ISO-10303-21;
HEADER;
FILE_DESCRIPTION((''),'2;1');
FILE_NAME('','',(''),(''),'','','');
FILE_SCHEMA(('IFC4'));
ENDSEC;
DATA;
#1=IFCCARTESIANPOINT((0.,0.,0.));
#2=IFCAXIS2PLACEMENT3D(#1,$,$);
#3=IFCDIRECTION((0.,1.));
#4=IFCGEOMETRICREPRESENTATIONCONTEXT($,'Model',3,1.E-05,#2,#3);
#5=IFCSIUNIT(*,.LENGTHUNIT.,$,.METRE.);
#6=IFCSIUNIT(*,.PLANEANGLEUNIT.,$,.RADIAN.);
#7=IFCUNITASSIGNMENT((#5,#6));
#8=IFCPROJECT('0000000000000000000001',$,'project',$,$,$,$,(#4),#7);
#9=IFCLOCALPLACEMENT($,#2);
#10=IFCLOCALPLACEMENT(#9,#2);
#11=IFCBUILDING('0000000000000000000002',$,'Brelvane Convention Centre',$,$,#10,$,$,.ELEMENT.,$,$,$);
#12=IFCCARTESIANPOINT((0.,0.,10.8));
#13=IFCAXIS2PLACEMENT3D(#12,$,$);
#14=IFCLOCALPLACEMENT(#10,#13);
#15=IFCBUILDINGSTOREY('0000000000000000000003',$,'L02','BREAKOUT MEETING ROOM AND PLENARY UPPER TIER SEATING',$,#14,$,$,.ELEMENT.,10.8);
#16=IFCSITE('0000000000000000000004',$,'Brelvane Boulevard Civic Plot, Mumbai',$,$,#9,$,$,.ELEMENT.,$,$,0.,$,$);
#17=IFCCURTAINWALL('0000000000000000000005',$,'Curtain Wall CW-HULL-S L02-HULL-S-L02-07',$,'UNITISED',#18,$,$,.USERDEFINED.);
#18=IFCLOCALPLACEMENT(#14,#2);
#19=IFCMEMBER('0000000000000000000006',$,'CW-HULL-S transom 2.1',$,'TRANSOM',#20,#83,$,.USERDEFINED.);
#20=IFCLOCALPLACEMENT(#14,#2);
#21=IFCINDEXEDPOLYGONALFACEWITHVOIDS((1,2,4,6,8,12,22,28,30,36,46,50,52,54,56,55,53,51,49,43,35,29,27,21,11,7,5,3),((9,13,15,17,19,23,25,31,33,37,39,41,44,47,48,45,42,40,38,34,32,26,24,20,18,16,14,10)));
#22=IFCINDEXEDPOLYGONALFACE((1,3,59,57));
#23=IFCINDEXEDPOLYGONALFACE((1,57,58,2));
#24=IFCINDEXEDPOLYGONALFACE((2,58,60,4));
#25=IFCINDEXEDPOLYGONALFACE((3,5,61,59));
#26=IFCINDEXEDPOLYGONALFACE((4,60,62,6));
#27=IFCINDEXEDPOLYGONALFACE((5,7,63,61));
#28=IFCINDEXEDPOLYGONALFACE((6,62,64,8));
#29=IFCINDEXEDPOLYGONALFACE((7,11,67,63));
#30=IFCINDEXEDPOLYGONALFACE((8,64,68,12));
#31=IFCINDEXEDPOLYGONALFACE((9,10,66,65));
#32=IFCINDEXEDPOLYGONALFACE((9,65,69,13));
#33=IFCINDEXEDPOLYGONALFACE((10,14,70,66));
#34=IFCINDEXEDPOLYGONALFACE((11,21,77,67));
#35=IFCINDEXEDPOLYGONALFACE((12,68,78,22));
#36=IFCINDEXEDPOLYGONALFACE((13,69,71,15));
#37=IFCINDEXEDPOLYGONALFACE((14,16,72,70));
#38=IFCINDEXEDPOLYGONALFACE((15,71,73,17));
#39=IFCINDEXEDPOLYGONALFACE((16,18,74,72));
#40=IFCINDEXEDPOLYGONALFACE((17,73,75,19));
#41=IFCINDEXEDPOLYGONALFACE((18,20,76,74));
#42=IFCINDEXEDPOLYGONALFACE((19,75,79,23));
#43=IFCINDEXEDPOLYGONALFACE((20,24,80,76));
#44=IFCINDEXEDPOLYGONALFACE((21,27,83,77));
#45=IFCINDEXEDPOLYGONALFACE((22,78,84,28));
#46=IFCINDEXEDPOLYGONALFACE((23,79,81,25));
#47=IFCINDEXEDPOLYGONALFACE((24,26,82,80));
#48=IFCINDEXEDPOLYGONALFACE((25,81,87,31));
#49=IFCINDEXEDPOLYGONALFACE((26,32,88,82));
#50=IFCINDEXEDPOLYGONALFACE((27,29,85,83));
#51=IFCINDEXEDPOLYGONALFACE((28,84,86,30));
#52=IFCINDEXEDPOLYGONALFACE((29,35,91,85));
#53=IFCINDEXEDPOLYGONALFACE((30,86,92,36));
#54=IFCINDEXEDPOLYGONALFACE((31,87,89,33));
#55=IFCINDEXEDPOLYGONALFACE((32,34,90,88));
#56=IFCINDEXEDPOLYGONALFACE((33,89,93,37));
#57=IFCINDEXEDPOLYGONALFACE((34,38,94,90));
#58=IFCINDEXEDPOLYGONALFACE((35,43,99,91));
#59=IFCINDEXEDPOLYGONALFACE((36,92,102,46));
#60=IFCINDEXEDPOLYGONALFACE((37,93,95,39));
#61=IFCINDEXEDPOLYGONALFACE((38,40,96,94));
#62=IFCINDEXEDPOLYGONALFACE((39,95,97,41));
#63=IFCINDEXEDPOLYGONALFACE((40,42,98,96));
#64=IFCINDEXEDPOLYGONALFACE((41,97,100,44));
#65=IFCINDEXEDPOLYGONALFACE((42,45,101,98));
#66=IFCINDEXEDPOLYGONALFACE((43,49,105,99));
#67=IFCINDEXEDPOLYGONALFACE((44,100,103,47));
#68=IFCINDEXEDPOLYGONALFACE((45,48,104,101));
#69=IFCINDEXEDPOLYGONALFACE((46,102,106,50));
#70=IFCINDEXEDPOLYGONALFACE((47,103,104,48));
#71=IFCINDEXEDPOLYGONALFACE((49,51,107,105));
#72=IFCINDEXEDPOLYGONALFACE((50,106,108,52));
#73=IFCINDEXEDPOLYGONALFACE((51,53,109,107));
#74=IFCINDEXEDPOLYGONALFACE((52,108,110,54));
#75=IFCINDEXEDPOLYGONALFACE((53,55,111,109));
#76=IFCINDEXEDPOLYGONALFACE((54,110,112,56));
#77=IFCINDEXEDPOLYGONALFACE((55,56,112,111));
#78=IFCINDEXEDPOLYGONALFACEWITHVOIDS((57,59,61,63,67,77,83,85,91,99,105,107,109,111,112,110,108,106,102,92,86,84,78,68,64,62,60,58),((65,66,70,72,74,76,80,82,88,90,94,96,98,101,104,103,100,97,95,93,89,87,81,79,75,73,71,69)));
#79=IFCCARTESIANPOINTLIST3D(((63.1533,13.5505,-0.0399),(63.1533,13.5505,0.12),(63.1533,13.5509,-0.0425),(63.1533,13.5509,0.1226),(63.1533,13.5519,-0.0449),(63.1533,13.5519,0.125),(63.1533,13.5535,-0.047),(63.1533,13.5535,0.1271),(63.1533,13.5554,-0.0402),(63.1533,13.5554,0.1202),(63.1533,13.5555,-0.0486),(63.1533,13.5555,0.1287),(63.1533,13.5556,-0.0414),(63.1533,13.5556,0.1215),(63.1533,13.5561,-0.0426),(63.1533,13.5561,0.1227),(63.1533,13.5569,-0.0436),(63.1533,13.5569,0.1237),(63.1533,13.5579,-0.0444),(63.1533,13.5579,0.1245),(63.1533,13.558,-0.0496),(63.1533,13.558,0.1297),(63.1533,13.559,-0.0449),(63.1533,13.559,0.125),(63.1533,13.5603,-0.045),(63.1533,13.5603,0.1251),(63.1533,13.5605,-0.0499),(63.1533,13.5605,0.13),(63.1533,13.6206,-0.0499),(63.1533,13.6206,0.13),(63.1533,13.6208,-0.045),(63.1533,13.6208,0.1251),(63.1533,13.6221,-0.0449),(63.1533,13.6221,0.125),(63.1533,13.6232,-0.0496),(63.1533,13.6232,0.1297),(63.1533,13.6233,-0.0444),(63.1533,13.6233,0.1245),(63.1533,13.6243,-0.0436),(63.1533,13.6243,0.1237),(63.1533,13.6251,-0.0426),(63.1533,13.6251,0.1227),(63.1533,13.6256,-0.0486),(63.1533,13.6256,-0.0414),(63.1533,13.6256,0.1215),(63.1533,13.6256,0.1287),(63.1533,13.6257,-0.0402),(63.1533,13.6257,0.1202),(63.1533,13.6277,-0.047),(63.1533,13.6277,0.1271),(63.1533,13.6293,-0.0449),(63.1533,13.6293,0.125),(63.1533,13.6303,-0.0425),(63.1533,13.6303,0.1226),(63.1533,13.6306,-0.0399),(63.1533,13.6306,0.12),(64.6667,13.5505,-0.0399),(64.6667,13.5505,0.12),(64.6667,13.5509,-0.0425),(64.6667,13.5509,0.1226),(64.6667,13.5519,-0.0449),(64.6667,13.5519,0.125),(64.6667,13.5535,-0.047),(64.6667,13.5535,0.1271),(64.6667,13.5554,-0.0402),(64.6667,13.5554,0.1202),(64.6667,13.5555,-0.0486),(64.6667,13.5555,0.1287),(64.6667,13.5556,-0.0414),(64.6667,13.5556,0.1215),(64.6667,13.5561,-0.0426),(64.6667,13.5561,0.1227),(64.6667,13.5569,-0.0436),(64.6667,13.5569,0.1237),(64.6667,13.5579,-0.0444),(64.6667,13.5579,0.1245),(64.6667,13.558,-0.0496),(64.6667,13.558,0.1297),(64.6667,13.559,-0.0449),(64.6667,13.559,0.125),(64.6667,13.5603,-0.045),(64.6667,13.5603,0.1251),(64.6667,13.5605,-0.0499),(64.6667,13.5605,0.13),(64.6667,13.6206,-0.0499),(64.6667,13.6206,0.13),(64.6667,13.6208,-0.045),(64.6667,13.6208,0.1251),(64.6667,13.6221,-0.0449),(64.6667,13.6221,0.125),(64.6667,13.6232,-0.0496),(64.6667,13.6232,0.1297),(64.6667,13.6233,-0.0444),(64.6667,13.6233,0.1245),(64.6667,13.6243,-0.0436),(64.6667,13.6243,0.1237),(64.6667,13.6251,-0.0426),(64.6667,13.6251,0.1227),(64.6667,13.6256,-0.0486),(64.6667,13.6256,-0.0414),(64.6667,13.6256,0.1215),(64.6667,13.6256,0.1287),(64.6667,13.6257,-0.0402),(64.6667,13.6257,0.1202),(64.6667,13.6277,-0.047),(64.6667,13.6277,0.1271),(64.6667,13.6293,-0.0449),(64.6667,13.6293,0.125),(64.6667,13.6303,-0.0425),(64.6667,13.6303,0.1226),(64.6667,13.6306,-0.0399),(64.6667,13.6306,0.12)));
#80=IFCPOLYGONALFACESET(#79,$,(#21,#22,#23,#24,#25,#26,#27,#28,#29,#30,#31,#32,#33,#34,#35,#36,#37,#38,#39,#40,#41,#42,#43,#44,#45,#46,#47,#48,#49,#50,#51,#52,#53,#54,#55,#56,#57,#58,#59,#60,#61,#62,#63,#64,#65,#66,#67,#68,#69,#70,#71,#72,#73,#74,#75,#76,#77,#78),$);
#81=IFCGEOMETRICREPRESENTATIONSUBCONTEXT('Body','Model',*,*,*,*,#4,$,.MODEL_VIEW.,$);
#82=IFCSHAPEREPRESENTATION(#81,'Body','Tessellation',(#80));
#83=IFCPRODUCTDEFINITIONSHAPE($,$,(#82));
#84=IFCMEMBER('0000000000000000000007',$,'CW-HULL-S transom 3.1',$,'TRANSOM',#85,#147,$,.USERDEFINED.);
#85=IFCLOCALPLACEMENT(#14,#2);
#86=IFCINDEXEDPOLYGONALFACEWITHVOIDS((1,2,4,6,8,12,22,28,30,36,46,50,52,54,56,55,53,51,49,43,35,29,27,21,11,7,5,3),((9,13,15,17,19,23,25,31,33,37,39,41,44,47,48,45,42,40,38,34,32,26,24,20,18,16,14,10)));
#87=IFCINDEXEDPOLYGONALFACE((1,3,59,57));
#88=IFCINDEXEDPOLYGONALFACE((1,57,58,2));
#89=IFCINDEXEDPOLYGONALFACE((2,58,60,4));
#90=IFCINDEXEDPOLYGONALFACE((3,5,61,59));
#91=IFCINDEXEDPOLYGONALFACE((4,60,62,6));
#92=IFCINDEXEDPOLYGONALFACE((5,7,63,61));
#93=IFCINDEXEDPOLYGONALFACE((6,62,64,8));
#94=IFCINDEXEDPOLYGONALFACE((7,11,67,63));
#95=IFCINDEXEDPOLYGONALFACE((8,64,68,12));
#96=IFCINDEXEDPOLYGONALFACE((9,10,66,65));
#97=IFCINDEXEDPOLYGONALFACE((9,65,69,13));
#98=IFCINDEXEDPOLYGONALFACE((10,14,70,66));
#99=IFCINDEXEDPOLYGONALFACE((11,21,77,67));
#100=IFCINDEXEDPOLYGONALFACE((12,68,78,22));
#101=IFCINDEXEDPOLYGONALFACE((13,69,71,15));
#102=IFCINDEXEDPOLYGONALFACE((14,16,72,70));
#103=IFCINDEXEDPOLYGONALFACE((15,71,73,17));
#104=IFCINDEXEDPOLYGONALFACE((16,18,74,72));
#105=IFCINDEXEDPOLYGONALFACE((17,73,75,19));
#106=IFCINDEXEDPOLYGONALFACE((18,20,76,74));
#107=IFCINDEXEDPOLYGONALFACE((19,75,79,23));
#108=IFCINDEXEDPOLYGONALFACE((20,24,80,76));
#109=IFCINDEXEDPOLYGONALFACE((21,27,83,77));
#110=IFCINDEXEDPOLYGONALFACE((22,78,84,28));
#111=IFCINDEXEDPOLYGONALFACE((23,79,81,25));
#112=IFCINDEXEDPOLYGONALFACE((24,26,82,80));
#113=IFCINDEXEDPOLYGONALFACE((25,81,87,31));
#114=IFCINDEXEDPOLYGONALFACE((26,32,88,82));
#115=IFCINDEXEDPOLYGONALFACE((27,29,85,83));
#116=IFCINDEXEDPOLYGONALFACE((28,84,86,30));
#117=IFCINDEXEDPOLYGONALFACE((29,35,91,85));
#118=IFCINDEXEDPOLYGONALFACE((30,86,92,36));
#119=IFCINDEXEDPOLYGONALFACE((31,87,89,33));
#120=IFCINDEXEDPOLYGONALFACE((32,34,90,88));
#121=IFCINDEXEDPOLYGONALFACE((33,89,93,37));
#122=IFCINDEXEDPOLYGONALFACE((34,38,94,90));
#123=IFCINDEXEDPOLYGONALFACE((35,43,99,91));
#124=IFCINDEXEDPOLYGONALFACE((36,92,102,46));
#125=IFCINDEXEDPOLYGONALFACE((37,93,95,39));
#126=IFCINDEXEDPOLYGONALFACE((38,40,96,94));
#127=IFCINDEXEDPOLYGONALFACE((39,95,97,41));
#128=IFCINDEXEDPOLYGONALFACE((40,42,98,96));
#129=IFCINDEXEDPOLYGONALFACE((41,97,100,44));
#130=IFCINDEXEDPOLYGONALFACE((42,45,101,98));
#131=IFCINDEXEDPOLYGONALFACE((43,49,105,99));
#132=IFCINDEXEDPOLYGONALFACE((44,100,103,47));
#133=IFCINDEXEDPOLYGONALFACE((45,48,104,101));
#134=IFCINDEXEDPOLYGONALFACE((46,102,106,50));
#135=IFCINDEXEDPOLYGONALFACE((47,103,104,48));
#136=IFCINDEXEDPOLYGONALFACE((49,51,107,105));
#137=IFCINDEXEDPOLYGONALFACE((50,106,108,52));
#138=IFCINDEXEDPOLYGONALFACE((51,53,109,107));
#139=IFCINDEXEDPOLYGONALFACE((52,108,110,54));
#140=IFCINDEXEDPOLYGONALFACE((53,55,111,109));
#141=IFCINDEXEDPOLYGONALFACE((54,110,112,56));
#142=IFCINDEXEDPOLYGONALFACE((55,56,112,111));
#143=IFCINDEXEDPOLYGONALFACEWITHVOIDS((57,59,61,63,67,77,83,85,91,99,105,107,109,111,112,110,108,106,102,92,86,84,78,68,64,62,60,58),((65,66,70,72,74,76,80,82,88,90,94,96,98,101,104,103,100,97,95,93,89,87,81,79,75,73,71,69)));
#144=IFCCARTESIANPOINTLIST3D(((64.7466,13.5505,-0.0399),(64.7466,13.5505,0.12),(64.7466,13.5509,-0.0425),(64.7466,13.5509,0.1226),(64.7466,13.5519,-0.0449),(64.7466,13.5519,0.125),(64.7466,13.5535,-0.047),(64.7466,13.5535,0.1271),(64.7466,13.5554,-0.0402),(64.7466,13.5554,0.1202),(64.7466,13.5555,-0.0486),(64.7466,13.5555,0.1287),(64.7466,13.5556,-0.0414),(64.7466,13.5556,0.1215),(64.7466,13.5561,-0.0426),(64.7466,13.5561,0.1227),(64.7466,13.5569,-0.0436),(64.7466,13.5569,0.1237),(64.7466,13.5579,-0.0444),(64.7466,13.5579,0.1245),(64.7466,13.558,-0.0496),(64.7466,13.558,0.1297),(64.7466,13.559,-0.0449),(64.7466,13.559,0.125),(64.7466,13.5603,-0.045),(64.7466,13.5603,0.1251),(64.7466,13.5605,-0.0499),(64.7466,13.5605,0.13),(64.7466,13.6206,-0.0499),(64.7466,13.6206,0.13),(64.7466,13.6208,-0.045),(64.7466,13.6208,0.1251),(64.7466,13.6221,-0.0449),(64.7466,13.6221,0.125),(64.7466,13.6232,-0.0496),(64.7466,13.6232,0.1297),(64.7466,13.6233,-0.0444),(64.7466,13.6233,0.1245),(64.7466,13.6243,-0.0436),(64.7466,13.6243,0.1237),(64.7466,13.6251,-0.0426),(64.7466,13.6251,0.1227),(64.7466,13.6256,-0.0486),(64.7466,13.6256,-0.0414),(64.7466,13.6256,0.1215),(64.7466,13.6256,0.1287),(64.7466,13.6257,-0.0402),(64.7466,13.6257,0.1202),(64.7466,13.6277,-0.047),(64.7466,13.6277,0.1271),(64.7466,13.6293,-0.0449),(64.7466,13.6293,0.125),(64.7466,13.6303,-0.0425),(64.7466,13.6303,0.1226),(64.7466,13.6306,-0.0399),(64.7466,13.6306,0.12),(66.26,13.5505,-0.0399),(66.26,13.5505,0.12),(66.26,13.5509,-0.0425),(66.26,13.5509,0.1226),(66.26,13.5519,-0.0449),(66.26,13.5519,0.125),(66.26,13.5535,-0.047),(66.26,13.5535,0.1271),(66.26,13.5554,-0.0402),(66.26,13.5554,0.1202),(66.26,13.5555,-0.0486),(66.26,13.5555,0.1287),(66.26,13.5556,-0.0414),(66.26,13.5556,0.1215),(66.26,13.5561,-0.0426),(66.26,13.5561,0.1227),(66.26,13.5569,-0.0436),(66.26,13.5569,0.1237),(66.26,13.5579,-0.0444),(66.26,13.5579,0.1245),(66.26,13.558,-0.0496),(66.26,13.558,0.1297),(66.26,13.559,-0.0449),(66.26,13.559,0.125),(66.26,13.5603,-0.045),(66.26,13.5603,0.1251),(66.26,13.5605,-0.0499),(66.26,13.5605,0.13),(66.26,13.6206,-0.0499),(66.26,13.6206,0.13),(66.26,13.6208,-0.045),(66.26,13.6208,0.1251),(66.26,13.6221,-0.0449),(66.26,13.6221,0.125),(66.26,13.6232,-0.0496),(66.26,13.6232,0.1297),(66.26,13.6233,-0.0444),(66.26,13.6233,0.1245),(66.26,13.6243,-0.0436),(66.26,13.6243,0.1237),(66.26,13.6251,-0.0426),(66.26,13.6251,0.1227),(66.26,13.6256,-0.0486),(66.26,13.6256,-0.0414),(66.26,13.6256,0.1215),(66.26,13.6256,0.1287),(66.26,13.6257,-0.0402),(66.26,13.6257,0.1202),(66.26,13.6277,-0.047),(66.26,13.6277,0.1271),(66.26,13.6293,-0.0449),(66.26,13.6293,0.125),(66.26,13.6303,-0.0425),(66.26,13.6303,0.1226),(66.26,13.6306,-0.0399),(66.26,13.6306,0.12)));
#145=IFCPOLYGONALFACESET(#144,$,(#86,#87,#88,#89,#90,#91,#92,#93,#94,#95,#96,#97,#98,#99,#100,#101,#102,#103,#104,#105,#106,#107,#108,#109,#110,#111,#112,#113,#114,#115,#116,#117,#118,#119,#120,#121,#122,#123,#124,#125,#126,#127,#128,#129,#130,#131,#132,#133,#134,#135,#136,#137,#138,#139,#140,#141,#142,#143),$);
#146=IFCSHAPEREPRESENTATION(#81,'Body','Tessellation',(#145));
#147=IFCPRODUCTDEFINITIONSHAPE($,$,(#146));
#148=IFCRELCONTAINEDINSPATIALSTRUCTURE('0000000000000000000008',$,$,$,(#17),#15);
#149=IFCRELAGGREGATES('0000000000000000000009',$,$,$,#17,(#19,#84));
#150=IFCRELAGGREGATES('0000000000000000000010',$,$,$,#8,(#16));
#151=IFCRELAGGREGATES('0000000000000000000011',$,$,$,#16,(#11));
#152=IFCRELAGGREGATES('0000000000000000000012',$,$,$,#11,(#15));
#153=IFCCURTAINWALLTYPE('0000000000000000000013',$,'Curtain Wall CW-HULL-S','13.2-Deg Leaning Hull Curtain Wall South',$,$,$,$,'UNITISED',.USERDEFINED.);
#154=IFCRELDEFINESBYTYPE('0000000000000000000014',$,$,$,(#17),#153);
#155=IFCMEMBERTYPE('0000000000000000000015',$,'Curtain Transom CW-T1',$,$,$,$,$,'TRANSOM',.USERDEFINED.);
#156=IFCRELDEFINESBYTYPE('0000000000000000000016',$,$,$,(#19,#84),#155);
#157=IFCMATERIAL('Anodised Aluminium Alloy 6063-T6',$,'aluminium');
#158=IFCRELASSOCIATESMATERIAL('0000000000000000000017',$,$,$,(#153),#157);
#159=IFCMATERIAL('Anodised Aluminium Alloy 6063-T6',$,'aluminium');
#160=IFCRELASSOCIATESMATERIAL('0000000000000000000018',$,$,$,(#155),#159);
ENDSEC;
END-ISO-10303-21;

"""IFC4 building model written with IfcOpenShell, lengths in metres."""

from ifc_helpers import new_model, si_unit, direction, frame, origin, origin_2d, place, context, subcontext, project, spatial, hollow_rectangle, extrude, material, material_profile, profile_set, type_object, element, aggregate, save


model = new_model("IFC4")

# Units and contexts
model_context = context("Model", 3, precision=1e-05, world=origin(), true_north=direction((0.0, 1.0)))
body_context = subcontext(model_context, "Body", "Model", "MODEL_VIEW")
ifc_project = project(units=[si_unit("LENGTHUNIT", "METRE"), si_unit("PLANEANGLEUNIT", "RADIAN")], contexts=[model_context])

# Site, building, storey
site_placement = place(None, origin())
site = spatial("IfcSite", under=ifc_project, at=site_placement, Name="Brelvane Boulevard Civic Plot, Mumbai", CompositionType="ELEMENT", RefElevation=0.0)
building_placement = place(site_placement, origin())
building = spatial("IfcBuilding", under=site, at=building_placement, Name="Brelvane Convention Centre", CompositionType="ELEMENT")
storey_placement = place(building_placement, frame((0.0, 0.0, 10.8)))
storey = spatial("IfcBuildingStorey", under=building, at=storey_placement, Name="L02", Description="BREAKOUT MEETING ROOM AND PLENARY UPPER TIER SEATING", CompositionType="ELEMENT", Elevation=10.8)

# Curtain wall
ifc_material_1 = material(Name="Anodised Aluminium Alloy 6063-T6", Category="aluminium")
curtain_wall_type = type_object("IfcCurtainWallType", Name="Curtain Wall CW-HULL-S", Description="13.2-Deg Leaning Hull Curtain Wall South", ElementType="UNITISED", PredefinedType="USERDEFINED", material=ifc_material_1)
curtain_wall_1_placement = place(storey_placement, origin())
curtain_wall_1 = element("IfcCurtainWall", 1, at=curtain_wall_1_placement, inside=storey, type_object=curtain_wall_type, Name="Curtain Wall CW-HULL-S L02-HULL-S-L02-07", ObjectType="UNITISED", PredefinedType="USERDEFINED")

# Members
ifc_material_2 = material(Name="Anodised Aluminium Alloy 6063-T6", Category="aluminium")
ifc_material_profile_1 = material_profile(ifc_material_2, hollow_rectangle(XDim=0.0801, YDim=0.1799, WallThickness=0.0049, InnerFilletRadius=0.0049, OuterFilletRadius=0.01, at=origin_2d()), Name="ALU-T 180x80x5.0")
ifc_profile_set_1 = profile_set([ifc_material_profile_1], Name="Anodised Aluminium Alloy 6063-T6")
member_type_1 = type_object("IfcMemberType", Name="Curtain Transom CW-T1", ElementType="TRANSOM", PredefinedType="USERDEFINED", material=ifc_profile_set_1)
member_1_placement = place(storey_placement, frame((63.1533, 13.5906, 0.04), z_axis=(1.0, 0.0, 0.0), x_axis=(0.0, 1.0, 0.0)))
member_1 = element("IfcMember", 2, at=member_1_placement, type_object=member_type_1, Name="CW-HULL-S transom 2.1", ObjectType="TRANSOM", PredefinedType="USERDEFINED", context=body_context, shape_type="SweptSolid", body=[
    extrude(hollow_rectangle(XDim=0.0801, YDim=0.1799, WallThickness=0.0049, InnerFilletRadius=0.0049, OuterFilletRadius=0.01, at=origin_2d()), origin(), (0.0, 0.0, 1.0), 1.5134),
])
member_2_placement = place(storey_placement, frame((64.7466, 13.5906, 0.04), z_axis=(1.0, 0.0, 0.0), x_axis=(0.0, 1.0, 0.0)))
member_2 = element("IfcMember", 3, at=member_2_placement, type_object=member_type_1, Name="CW-HULL-S transom 3.1", ObjectType="TRANSOM", PredefinedType="USERDEFINED", context=body_context, shape_type="SweptSolid", body=[
    extrude(hollow_rectangle(XDim=0.0801, YDim=0.1799, WallThickness=0.0049, InnerFilletRadius=0.0049, OuterFilletRadius=0.01, at=origin_2d()), origin(), (0.0, 0.0, 1.0), 1.5134),
])

aggregate(curtain_wall_1, [member_1, member_2])

save(model, "model.ifc")
